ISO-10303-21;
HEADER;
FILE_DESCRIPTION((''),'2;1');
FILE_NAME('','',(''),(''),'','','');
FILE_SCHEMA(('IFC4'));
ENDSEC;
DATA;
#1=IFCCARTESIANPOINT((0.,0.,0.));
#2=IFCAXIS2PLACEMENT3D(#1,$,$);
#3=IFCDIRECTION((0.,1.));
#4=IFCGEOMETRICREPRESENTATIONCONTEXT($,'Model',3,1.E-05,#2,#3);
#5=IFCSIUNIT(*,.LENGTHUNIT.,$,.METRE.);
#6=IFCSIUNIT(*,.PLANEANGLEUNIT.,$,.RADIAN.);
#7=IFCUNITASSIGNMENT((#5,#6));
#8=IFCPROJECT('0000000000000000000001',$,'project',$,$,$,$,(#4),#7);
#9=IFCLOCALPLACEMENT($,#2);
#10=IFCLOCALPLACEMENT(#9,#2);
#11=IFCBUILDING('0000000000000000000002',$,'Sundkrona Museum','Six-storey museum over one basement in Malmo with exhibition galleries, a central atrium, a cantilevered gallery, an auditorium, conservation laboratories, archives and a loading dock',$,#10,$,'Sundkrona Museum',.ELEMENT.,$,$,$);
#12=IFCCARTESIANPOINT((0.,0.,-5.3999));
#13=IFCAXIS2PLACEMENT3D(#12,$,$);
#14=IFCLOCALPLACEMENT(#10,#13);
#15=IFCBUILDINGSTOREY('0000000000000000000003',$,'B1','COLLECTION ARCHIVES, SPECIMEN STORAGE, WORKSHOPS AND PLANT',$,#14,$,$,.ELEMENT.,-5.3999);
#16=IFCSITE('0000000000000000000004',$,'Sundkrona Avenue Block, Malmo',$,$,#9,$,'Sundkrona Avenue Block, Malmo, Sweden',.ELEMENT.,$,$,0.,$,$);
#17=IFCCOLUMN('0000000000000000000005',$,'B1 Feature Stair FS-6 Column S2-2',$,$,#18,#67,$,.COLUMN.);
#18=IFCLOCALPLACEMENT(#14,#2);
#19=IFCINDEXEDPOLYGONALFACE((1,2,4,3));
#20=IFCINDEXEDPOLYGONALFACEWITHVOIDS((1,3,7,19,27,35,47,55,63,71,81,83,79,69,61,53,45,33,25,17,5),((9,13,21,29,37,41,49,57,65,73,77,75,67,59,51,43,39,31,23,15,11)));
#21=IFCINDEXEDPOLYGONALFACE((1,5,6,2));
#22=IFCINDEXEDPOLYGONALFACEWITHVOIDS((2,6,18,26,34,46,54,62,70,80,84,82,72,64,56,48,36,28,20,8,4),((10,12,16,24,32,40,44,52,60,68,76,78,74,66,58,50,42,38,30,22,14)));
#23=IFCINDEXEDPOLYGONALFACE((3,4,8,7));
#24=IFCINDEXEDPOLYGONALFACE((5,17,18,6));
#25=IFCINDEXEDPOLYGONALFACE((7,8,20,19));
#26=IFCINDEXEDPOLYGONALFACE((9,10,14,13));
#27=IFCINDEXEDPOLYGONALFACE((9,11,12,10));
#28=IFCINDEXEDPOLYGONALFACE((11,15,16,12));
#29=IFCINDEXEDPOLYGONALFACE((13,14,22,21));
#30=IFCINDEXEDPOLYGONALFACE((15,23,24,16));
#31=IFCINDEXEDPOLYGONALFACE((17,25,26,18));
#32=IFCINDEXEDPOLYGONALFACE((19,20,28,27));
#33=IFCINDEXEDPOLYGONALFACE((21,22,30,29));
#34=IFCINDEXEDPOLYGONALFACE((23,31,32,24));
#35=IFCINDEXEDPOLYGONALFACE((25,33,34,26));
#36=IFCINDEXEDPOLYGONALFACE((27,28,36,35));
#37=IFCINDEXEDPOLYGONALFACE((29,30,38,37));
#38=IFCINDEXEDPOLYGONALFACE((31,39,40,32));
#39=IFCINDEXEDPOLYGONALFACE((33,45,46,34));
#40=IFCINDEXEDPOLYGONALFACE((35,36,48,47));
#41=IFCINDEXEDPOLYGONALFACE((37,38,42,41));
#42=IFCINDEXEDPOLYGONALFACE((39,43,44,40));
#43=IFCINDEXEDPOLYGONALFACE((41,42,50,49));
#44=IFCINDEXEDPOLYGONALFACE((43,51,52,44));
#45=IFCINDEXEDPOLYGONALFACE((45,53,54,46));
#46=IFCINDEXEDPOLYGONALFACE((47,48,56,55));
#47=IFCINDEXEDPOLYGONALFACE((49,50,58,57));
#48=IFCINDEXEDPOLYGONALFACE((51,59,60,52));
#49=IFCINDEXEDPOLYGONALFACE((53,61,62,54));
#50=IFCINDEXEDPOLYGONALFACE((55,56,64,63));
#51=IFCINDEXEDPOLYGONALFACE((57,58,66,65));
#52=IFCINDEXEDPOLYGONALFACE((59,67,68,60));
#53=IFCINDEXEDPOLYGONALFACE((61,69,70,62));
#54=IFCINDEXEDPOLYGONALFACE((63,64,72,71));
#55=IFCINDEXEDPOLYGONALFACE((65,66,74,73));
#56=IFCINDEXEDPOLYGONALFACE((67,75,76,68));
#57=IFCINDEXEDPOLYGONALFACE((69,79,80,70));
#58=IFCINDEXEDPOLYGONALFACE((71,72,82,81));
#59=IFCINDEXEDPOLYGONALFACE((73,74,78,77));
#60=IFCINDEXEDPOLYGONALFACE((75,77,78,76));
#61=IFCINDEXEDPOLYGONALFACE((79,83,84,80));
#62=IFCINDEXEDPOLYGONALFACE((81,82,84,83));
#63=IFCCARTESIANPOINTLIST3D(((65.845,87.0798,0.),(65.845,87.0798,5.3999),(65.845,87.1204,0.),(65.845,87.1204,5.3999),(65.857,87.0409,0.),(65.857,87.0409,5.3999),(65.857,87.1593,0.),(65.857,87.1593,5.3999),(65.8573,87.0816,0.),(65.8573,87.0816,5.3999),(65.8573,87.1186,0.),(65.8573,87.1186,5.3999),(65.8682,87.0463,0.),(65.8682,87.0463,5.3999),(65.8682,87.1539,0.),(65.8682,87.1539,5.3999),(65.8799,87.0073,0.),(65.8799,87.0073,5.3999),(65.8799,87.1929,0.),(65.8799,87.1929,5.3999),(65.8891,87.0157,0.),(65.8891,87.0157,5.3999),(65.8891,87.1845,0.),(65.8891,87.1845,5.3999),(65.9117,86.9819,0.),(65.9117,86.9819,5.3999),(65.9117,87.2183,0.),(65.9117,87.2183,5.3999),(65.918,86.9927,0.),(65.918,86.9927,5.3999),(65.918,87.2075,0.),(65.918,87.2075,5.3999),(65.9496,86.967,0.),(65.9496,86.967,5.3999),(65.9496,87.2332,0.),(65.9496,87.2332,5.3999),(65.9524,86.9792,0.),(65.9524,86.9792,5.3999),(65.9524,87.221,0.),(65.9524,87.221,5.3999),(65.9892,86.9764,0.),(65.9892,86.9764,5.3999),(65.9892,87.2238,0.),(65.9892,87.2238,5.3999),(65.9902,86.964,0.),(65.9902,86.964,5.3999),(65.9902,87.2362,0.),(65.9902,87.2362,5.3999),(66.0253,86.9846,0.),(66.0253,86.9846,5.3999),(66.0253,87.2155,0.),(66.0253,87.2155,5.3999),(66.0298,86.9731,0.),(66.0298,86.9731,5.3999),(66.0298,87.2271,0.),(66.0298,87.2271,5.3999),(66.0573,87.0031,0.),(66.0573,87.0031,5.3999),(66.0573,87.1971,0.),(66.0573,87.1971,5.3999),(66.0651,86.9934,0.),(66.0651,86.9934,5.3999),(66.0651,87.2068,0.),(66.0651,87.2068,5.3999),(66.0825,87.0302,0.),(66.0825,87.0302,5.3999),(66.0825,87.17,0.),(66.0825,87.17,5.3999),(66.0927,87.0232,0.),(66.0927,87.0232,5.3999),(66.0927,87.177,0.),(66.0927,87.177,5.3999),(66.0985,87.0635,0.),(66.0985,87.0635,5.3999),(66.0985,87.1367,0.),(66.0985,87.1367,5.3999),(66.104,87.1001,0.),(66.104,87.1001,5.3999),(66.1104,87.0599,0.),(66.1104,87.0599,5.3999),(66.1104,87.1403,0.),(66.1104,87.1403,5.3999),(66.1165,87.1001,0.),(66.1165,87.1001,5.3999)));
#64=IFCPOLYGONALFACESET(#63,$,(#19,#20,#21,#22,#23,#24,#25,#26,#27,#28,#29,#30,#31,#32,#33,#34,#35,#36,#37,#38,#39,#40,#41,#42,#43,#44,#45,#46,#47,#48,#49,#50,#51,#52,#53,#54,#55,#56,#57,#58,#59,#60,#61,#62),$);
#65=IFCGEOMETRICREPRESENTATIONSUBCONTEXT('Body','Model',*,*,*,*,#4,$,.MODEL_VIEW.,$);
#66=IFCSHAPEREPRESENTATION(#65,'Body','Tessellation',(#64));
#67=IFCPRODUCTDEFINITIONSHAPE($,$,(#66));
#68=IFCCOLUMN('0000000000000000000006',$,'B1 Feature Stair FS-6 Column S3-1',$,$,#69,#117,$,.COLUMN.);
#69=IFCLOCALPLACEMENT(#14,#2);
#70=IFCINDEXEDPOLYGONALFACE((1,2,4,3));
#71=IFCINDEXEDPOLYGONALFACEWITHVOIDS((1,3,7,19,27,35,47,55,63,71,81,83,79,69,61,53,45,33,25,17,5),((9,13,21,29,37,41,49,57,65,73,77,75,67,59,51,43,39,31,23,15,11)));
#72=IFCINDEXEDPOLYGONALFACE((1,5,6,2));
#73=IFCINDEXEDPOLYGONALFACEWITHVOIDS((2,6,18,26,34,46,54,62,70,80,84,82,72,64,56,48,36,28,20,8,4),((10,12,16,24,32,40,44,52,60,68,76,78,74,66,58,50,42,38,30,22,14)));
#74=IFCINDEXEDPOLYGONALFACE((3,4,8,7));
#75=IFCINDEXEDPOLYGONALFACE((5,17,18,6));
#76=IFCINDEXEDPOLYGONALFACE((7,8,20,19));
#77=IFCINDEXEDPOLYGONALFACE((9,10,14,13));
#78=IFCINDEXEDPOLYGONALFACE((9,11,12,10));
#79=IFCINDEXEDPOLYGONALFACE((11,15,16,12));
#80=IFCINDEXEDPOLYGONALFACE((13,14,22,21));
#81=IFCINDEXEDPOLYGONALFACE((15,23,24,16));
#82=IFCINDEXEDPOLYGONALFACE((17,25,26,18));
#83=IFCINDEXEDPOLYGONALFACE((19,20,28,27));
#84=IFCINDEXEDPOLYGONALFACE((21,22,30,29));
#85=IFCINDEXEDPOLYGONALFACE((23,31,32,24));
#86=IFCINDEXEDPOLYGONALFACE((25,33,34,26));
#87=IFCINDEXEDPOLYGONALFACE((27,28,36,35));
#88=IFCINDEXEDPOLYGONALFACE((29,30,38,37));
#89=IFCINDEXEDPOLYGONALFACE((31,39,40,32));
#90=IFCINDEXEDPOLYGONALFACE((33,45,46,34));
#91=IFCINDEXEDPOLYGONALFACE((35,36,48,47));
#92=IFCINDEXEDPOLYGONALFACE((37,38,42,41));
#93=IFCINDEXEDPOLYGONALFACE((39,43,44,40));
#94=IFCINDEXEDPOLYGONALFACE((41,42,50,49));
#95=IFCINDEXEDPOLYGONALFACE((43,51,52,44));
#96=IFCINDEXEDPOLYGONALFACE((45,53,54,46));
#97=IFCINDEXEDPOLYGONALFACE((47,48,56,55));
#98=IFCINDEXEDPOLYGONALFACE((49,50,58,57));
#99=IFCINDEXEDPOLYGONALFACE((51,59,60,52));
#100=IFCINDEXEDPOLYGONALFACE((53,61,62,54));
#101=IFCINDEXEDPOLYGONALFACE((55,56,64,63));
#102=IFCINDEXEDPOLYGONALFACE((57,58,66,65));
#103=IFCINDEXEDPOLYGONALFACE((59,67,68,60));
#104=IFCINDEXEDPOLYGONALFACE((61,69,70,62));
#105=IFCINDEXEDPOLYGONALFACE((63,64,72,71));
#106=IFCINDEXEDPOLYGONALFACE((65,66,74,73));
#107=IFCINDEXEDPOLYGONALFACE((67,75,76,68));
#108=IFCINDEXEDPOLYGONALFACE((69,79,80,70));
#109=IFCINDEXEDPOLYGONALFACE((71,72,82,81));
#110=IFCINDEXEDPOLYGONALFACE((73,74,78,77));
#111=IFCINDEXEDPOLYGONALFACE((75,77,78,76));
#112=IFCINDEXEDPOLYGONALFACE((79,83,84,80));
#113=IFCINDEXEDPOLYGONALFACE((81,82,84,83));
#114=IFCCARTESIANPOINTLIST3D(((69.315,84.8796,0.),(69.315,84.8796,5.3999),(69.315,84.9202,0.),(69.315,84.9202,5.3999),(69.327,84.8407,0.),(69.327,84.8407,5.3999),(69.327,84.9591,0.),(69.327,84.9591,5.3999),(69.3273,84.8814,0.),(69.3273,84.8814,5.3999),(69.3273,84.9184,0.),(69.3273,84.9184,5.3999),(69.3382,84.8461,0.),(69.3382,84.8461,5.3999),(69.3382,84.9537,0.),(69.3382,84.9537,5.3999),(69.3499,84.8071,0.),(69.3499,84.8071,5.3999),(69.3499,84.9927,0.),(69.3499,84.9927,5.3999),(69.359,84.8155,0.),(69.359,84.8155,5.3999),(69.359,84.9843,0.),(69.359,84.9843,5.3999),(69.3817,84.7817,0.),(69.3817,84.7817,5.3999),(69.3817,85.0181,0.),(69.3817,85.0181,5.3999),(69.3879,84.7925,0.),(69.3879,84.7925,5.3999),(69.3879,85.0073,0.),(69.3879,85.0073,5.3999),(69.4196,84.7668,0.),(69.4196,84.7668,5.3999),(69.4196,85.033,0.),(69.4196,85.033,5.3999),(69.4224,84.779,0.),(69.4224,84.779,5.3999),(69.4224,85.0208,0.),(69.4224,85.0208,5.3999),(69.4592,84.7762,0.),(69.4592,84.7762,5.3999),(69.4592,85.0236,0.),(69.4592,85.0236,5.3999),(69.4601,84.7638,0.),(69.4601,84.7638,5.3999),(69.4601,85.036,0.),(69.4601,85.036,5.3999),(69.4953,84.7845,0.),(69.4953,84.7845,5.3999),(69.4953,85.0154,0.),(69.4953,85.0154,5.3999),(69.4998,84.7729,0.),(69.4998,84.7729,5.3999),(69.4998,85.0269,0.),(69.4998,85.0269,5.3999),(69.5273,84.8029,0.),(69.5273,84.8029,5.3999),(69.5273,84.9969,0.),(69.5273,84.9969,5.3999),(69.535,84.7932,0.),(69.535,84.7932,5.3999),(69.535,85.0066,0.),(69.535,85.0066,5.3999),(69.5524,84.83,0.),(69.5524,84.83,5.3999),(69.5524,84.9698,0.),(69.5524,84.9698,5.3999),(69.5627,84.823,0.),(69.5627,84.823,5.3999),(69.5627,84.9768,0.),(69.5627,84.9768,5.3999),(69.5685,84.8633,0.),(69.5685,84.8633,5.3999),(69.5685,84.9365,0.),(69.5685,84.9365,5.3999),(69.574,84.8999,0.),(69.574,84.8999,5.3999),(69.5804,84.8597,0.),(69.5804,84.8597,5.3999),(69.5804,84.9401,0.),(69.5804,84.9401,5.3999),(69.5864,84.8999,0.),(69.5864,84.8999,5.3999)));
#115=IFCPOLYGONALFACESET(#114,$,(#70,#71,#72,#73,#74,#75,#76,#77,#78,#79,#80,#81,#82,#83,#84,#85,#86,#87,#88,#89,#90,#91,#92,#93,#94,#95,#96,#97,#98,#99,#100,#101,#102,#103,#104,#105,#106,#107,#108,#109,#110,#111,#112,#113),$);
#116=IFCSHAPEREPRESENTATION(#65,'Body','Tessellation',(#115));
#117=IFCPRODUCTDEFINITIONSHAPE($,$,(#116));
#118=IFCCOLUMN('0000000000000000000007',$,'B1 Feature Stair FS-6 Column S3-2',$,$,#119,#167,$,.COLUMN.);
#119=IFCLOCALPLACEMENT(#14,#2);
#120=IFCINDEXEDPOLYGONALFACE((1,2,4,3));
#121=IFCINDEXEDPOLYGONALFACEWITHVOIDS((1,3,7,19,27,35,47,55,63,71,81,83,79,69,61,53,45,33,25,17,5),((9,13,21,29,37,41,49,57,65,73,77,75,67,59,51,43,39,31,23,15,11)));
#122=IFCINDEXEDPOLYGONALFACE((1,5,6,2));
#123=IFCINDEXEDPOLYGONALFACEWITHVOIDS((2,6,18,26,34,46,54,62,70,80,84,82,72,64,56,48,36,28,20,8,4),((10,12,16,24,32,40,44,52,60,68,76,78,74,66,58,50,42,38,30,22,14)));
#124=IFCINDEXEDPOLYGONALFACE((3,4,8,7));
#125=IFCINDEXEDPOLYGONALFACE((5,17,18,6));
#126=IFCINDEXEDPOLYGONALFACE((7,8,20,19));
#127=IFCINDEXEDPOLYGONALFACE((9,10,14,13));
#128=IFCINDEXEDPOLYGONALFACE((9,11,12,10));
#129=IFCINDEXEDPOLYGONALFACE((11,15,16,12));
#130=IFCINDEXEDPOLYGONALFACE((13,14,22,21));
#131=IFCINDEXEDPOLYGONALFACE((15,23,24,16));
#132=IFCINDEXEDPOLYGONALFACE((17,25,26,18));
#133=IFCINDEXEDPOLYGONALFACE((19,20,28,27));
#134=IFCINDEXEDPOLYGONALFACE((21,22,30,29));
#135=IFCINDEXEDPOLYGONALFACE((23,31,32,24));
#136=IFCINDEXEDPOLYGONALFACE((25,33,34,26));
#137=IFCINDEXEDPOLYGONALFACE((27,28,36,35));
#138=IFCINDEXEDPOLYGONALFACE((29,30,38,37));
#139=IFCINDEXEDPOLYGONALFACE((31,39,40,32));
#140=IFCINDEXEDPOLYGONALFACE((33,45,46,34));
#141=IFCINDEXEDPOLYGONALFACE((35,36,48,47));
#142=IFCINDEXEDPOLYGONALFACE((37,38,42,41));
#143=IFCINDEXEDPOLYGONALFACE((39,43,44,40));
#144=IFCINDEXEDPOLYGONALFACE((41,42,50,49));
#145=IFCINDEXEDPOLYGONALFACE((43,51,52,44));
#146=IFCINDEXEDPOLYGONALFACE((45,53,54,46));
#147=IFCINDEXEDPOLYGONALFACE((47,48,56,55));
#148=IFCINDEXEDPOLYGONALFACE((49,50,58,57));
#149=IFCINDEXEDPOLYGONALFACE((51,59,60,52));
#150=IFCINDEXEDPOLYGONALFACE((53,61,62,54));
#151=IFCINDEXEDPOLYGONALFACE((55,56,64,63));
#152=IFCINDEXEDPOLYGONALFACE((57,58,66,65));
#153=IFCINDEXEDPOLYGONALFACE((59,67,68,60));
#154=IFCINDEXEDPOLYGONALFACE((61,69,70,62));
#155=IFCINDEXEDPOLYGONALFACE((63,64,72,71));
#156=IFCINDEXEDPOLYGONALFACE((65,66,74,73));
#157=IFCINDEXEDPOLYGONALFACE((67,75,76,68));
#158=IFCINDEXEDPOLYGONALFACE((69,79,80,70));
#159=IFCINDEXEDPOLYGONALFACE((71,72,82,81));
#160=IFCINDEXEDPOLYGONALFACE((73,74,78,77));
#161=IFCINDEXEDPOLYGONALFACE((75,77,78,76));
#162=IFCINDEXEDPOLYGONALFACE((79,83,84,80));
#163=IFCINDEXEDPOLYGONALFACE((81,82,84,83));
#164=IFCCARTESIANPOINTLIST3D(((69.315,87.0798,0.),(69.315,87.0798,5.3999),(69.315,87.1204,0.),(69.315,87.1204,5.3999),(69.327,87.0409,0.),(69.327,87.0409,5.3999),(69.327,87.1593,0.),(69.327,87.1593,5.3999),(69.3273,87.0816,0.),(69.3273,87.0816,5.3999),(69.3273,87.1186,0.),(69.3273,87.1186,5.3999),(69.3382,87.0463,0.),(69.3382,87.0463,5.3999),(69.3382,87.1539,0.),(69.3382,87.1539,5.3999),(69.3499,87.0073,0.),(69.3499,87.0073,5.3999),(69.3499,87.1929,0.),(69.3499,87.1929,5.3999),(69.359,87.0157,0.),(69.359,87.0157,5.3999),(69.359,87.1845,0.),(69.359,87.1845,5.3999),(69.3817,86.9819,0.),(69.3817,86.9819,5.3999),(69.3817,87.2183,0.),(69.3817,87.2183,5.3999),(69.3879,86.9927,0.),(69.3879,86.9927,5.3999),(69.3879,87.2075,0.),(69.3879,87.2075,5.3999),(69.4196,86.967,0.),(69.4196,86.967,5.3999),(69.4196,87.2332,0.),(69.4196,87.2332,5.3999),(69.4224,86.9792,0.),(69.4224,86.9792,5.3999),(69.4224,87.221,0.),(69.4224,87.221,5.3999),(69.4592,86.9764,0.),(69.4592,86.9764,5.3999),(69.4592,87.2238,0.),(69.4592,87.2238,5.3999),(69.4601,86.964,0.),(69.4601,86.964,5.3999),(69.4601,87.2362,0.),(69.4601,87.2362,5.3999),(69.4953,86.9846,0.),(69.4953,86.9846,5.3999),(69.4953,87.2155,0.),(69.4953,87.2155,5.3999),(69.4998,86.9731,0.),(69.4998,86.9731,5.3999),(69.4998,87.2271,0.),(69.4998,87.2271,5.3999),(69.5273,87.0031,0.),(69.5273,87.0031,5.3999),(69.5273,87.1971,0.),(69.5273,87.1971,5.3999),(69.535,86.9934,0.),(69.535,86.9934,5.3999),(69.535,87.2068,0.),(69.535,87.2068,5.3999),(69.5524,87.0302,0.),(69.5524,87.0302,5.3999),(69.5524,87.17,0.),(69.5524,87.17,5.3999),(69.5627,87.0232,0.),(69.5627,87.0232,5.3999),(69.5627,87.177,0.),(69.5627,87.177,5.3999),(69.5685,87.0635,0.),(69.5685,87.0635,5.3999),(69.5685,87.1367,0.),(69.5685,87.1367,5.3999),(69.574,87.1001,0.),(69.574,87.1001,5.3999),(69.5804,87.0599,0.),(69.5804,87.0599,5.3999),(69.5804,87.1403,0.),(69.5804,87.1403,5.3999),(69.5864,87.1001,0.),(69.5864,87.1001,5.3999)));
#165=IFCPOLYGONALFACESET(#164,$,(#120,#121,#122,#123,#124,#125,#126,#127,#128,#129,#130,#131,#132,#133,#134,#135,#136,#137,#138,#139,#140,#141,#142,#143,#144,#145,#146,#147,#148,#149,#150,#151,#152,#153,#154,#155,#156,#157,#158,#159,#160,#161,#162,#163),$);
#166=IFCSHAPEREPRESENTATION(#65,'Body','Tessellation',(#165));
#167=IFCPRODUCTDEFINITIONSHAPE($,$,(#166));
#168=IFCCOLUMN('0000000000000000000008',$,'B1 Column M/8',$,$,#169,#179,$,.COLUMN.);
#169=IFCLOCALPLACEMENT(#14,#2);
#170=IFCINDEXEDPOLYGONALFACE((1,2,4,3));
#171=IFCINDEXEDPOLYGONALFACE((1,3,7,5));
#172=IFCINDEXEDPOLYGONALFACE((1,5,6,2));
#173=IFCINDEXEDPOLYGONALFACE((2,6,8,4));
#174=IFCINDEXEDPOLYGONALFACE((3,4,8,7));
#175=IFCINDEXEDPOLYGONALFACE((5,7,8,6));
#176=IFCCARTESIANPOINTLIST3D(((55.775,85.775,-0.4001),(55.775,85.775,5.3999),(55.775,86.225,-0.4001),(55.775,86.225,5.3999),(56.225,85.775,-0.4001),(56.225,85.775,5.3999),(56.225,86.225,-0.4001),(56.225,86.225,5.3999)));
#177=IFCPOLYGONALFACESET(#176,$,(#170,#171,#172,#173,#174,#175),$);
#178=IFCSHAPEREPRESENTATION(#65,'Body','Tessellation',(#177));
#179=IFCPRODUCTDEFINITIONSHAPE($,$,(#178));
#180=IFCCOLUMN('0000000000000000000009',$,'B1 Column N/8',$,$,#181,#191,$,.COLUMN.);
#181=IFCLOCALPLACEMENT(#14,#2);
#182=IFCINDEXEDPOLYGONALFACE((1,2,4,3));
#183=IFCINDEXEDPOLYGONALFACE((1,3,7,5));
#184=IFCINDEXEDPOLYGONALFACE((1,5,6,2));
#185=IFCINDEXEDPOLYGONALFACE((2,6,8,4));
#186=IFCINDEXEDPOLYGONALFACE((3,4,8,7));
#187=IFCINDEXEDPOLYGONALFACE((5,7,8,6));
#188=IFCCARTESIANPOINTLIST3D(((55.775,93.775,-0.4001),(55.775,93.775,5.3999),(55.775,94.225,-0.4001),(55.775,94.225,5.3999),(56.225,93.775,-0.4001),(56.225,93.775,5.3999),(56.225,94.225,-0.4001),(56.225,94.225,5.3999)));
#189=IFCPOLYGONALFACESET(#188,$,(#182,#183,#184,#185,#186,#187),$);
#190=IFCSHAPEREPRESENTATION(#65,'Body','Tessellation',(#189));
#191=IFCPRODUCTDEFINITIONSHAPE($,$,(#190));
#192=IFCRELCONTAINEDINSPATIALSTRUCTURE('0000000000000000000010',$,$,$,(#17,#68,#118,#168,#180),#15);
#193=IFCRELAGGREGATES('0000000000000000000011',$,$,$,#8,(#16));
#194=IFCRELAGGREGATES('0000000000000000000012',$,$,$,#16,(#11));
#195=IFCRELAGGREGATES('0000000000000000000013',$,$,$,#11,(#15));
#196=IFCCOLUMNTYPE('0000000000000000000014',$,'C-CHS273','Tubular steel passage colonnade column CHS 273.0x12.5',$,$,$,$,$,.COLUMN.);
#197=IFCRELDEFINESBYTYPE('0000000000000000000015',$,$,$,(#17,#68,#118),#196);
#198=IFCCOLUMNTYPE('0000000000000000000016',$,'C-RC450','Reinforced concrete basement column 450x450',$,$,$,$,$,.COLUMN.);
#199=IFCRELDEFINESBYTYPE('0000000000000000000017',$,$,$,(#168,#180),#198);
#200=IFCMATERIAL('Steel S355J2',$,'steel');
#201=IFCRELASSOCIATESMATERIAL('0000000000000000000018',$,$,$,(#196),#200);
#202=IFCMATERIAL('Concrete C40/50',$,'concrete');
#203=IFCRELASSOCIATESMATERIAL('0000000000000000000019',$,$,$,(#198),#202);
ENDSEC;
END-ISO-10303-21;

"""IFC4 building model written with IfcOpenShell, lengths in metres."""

from ifc_helpers import new_model, si_unit, direction, frame, origin, origin_2d, place, context, subcontext, project, spatial, rectangle, hollow_circle, extrude, material, material_profile, profile_set, type_object, element, save


model = new_model("IFC4")

# Units and contexts
model_context = context("Model", 3, precision=1e-05, world=origin(), true_north=direction((0.0, 1.0)))
body_context = subcontext(model_context, "Body", "Model", "MODEL_VIEW")
ifc_project = project(units=[si_unit("LENGTHUNIT", "METRE"), si_unit("PLANEANGLEUNIT", "RADIAN")], contexts=[model_context])

# Site, building, storey
site_placement = place(None, origin())
site = spatial("IfcSite", under=ifc_project, at=site_placement, Name="Sundkrona Avenue Block, Malmo", LongName="Sundkrona Avenue Block, Malmo, Sweden", CompositionType="ELEMENT", RefElevation=0.0)
building_placement = place(site_placement, origin())
building = spatial("IfcBuilding", under=site, at=building_placement, Name="Sundkrona Museum", Description="Six-storey museum over one basement in Malmo with exhibition galleries, a central atrium, a cantilevered gallery, an auditorium, conservation laboratories, archives and a loading dock", LongName="Sundkrona Museum", CompositionType="ELEMENT")
storey_placement = place(building_placement, frame((0.0, 0.0, -5.3999)))
storey = spatial("IfcBuildingStorey", under=building, at=storey_placement, Name="B1", Description="COLLECTION ARCHIVES, SPECIMEN STORAGE, WORKSHOPS AND PLANT", CompositionType="ELEMENT", Elevation=-5.3999)

# Shared definitions
ifc_material_1 = material(Name="Concrete C40/50", Category="concrete")

# Columns
ifc_material_2 = material(Name="Steel S355J2", Category="steel")
ifc_material_profile_1 = material_profile(ifc_material_2, hollow_circle(Radius=0.1365, WallThickness=0.0125, at=origin_2d()), Name="CHS 273.0x12.5")
ifc_profile_set_1 = profile_set([ifc_material_profile_1], Name="Steel S355J2")
column_type_1 = type_object("IfcColumnType", Name="C-CHS273", Description="Tubular steel passage colonnade column CHS 273.0x12.5", PredefinedType="COLUMN", material=ifc_profile_set_1)
for number, where, z_axis, x_axis, name in (
    (1, (65.98, 87.1001, 0.0), (0.0, 0.0, 1.0), (1.0, 0.0, 0.0), "B1 Feature Stair FS-6 Column S2-2"),
    (2, (69.45, 84.8999, 0.0), (0.0, 0.0, 1.0), (1.0, 0.0, 0.0), "B1 Feature Stair FS-6 Column S3-1"),
    (3, (69.45, 87.1001, 0.0), (0.0, 0.0, 1.0), (1.0, 0.0, 0.0), "B1 Feature Stair FS-6 Column S3-2"),
):
    element("IfcColumn", number, at=place(storey_placement, frame(where, z_axis=z_axis, x_axis=x_axis)), inside=storey, type_object=column_type_1, Name=name, PredefinedType="COLUMN", context=body_context, shape_type="SweptSolid", body=[
        extrude(hollow_circle(Radius=0.1365, WallThickness=0.0125, at=origin_2d()), origin(), (0.0, 0.0, 1.0), 5.3999),
    ])
ifc_material_profile_2 = material_profile(ifc_material_1, rectangle(XDim=0.45, YDim=0.45, at=origin_2d()), Name="RC 450x450")
ifc_profile_set_2 = profile_set([ifc_material_profile_2], Name="Concrete C40/50")
column_type_2 = type_object("IfcColumnType", Name="C-RC450", Description="Reinforced concrete basement column 450x450", PredefinedType="COLUMN", material=ifc_profile_set_2)
for number, where, z_axis, x_axis, name in (
    (4, (56.0, 86.0, -0.4001), (0.0, 0.0, 1.0), (1.0, 0.0, 0.0), "B1 Column M/8"),
    (5, (56.0, 94.0, -0.4001), (0.0, 0.0, 1.0), (1.0, 0.0, 0.0), "B1 Column N/8"),
):
    element("IfcColumn", number, at=place(storey_placement, frame(where, z_axis=z_axis, x_axis=x_axis)), inside=storey, type_object=column_type_2, Name=name, PredefinedType="COLUMN", context=body_context, shape_type="SweptSolid", body=[
        extrude(rectangle(XDim=0.45, YDim=0.45, at=origin_2d()), origin(), (0.0, 0.0, 1.0), 5.8),
    ])

save(model, "model.ifc")
